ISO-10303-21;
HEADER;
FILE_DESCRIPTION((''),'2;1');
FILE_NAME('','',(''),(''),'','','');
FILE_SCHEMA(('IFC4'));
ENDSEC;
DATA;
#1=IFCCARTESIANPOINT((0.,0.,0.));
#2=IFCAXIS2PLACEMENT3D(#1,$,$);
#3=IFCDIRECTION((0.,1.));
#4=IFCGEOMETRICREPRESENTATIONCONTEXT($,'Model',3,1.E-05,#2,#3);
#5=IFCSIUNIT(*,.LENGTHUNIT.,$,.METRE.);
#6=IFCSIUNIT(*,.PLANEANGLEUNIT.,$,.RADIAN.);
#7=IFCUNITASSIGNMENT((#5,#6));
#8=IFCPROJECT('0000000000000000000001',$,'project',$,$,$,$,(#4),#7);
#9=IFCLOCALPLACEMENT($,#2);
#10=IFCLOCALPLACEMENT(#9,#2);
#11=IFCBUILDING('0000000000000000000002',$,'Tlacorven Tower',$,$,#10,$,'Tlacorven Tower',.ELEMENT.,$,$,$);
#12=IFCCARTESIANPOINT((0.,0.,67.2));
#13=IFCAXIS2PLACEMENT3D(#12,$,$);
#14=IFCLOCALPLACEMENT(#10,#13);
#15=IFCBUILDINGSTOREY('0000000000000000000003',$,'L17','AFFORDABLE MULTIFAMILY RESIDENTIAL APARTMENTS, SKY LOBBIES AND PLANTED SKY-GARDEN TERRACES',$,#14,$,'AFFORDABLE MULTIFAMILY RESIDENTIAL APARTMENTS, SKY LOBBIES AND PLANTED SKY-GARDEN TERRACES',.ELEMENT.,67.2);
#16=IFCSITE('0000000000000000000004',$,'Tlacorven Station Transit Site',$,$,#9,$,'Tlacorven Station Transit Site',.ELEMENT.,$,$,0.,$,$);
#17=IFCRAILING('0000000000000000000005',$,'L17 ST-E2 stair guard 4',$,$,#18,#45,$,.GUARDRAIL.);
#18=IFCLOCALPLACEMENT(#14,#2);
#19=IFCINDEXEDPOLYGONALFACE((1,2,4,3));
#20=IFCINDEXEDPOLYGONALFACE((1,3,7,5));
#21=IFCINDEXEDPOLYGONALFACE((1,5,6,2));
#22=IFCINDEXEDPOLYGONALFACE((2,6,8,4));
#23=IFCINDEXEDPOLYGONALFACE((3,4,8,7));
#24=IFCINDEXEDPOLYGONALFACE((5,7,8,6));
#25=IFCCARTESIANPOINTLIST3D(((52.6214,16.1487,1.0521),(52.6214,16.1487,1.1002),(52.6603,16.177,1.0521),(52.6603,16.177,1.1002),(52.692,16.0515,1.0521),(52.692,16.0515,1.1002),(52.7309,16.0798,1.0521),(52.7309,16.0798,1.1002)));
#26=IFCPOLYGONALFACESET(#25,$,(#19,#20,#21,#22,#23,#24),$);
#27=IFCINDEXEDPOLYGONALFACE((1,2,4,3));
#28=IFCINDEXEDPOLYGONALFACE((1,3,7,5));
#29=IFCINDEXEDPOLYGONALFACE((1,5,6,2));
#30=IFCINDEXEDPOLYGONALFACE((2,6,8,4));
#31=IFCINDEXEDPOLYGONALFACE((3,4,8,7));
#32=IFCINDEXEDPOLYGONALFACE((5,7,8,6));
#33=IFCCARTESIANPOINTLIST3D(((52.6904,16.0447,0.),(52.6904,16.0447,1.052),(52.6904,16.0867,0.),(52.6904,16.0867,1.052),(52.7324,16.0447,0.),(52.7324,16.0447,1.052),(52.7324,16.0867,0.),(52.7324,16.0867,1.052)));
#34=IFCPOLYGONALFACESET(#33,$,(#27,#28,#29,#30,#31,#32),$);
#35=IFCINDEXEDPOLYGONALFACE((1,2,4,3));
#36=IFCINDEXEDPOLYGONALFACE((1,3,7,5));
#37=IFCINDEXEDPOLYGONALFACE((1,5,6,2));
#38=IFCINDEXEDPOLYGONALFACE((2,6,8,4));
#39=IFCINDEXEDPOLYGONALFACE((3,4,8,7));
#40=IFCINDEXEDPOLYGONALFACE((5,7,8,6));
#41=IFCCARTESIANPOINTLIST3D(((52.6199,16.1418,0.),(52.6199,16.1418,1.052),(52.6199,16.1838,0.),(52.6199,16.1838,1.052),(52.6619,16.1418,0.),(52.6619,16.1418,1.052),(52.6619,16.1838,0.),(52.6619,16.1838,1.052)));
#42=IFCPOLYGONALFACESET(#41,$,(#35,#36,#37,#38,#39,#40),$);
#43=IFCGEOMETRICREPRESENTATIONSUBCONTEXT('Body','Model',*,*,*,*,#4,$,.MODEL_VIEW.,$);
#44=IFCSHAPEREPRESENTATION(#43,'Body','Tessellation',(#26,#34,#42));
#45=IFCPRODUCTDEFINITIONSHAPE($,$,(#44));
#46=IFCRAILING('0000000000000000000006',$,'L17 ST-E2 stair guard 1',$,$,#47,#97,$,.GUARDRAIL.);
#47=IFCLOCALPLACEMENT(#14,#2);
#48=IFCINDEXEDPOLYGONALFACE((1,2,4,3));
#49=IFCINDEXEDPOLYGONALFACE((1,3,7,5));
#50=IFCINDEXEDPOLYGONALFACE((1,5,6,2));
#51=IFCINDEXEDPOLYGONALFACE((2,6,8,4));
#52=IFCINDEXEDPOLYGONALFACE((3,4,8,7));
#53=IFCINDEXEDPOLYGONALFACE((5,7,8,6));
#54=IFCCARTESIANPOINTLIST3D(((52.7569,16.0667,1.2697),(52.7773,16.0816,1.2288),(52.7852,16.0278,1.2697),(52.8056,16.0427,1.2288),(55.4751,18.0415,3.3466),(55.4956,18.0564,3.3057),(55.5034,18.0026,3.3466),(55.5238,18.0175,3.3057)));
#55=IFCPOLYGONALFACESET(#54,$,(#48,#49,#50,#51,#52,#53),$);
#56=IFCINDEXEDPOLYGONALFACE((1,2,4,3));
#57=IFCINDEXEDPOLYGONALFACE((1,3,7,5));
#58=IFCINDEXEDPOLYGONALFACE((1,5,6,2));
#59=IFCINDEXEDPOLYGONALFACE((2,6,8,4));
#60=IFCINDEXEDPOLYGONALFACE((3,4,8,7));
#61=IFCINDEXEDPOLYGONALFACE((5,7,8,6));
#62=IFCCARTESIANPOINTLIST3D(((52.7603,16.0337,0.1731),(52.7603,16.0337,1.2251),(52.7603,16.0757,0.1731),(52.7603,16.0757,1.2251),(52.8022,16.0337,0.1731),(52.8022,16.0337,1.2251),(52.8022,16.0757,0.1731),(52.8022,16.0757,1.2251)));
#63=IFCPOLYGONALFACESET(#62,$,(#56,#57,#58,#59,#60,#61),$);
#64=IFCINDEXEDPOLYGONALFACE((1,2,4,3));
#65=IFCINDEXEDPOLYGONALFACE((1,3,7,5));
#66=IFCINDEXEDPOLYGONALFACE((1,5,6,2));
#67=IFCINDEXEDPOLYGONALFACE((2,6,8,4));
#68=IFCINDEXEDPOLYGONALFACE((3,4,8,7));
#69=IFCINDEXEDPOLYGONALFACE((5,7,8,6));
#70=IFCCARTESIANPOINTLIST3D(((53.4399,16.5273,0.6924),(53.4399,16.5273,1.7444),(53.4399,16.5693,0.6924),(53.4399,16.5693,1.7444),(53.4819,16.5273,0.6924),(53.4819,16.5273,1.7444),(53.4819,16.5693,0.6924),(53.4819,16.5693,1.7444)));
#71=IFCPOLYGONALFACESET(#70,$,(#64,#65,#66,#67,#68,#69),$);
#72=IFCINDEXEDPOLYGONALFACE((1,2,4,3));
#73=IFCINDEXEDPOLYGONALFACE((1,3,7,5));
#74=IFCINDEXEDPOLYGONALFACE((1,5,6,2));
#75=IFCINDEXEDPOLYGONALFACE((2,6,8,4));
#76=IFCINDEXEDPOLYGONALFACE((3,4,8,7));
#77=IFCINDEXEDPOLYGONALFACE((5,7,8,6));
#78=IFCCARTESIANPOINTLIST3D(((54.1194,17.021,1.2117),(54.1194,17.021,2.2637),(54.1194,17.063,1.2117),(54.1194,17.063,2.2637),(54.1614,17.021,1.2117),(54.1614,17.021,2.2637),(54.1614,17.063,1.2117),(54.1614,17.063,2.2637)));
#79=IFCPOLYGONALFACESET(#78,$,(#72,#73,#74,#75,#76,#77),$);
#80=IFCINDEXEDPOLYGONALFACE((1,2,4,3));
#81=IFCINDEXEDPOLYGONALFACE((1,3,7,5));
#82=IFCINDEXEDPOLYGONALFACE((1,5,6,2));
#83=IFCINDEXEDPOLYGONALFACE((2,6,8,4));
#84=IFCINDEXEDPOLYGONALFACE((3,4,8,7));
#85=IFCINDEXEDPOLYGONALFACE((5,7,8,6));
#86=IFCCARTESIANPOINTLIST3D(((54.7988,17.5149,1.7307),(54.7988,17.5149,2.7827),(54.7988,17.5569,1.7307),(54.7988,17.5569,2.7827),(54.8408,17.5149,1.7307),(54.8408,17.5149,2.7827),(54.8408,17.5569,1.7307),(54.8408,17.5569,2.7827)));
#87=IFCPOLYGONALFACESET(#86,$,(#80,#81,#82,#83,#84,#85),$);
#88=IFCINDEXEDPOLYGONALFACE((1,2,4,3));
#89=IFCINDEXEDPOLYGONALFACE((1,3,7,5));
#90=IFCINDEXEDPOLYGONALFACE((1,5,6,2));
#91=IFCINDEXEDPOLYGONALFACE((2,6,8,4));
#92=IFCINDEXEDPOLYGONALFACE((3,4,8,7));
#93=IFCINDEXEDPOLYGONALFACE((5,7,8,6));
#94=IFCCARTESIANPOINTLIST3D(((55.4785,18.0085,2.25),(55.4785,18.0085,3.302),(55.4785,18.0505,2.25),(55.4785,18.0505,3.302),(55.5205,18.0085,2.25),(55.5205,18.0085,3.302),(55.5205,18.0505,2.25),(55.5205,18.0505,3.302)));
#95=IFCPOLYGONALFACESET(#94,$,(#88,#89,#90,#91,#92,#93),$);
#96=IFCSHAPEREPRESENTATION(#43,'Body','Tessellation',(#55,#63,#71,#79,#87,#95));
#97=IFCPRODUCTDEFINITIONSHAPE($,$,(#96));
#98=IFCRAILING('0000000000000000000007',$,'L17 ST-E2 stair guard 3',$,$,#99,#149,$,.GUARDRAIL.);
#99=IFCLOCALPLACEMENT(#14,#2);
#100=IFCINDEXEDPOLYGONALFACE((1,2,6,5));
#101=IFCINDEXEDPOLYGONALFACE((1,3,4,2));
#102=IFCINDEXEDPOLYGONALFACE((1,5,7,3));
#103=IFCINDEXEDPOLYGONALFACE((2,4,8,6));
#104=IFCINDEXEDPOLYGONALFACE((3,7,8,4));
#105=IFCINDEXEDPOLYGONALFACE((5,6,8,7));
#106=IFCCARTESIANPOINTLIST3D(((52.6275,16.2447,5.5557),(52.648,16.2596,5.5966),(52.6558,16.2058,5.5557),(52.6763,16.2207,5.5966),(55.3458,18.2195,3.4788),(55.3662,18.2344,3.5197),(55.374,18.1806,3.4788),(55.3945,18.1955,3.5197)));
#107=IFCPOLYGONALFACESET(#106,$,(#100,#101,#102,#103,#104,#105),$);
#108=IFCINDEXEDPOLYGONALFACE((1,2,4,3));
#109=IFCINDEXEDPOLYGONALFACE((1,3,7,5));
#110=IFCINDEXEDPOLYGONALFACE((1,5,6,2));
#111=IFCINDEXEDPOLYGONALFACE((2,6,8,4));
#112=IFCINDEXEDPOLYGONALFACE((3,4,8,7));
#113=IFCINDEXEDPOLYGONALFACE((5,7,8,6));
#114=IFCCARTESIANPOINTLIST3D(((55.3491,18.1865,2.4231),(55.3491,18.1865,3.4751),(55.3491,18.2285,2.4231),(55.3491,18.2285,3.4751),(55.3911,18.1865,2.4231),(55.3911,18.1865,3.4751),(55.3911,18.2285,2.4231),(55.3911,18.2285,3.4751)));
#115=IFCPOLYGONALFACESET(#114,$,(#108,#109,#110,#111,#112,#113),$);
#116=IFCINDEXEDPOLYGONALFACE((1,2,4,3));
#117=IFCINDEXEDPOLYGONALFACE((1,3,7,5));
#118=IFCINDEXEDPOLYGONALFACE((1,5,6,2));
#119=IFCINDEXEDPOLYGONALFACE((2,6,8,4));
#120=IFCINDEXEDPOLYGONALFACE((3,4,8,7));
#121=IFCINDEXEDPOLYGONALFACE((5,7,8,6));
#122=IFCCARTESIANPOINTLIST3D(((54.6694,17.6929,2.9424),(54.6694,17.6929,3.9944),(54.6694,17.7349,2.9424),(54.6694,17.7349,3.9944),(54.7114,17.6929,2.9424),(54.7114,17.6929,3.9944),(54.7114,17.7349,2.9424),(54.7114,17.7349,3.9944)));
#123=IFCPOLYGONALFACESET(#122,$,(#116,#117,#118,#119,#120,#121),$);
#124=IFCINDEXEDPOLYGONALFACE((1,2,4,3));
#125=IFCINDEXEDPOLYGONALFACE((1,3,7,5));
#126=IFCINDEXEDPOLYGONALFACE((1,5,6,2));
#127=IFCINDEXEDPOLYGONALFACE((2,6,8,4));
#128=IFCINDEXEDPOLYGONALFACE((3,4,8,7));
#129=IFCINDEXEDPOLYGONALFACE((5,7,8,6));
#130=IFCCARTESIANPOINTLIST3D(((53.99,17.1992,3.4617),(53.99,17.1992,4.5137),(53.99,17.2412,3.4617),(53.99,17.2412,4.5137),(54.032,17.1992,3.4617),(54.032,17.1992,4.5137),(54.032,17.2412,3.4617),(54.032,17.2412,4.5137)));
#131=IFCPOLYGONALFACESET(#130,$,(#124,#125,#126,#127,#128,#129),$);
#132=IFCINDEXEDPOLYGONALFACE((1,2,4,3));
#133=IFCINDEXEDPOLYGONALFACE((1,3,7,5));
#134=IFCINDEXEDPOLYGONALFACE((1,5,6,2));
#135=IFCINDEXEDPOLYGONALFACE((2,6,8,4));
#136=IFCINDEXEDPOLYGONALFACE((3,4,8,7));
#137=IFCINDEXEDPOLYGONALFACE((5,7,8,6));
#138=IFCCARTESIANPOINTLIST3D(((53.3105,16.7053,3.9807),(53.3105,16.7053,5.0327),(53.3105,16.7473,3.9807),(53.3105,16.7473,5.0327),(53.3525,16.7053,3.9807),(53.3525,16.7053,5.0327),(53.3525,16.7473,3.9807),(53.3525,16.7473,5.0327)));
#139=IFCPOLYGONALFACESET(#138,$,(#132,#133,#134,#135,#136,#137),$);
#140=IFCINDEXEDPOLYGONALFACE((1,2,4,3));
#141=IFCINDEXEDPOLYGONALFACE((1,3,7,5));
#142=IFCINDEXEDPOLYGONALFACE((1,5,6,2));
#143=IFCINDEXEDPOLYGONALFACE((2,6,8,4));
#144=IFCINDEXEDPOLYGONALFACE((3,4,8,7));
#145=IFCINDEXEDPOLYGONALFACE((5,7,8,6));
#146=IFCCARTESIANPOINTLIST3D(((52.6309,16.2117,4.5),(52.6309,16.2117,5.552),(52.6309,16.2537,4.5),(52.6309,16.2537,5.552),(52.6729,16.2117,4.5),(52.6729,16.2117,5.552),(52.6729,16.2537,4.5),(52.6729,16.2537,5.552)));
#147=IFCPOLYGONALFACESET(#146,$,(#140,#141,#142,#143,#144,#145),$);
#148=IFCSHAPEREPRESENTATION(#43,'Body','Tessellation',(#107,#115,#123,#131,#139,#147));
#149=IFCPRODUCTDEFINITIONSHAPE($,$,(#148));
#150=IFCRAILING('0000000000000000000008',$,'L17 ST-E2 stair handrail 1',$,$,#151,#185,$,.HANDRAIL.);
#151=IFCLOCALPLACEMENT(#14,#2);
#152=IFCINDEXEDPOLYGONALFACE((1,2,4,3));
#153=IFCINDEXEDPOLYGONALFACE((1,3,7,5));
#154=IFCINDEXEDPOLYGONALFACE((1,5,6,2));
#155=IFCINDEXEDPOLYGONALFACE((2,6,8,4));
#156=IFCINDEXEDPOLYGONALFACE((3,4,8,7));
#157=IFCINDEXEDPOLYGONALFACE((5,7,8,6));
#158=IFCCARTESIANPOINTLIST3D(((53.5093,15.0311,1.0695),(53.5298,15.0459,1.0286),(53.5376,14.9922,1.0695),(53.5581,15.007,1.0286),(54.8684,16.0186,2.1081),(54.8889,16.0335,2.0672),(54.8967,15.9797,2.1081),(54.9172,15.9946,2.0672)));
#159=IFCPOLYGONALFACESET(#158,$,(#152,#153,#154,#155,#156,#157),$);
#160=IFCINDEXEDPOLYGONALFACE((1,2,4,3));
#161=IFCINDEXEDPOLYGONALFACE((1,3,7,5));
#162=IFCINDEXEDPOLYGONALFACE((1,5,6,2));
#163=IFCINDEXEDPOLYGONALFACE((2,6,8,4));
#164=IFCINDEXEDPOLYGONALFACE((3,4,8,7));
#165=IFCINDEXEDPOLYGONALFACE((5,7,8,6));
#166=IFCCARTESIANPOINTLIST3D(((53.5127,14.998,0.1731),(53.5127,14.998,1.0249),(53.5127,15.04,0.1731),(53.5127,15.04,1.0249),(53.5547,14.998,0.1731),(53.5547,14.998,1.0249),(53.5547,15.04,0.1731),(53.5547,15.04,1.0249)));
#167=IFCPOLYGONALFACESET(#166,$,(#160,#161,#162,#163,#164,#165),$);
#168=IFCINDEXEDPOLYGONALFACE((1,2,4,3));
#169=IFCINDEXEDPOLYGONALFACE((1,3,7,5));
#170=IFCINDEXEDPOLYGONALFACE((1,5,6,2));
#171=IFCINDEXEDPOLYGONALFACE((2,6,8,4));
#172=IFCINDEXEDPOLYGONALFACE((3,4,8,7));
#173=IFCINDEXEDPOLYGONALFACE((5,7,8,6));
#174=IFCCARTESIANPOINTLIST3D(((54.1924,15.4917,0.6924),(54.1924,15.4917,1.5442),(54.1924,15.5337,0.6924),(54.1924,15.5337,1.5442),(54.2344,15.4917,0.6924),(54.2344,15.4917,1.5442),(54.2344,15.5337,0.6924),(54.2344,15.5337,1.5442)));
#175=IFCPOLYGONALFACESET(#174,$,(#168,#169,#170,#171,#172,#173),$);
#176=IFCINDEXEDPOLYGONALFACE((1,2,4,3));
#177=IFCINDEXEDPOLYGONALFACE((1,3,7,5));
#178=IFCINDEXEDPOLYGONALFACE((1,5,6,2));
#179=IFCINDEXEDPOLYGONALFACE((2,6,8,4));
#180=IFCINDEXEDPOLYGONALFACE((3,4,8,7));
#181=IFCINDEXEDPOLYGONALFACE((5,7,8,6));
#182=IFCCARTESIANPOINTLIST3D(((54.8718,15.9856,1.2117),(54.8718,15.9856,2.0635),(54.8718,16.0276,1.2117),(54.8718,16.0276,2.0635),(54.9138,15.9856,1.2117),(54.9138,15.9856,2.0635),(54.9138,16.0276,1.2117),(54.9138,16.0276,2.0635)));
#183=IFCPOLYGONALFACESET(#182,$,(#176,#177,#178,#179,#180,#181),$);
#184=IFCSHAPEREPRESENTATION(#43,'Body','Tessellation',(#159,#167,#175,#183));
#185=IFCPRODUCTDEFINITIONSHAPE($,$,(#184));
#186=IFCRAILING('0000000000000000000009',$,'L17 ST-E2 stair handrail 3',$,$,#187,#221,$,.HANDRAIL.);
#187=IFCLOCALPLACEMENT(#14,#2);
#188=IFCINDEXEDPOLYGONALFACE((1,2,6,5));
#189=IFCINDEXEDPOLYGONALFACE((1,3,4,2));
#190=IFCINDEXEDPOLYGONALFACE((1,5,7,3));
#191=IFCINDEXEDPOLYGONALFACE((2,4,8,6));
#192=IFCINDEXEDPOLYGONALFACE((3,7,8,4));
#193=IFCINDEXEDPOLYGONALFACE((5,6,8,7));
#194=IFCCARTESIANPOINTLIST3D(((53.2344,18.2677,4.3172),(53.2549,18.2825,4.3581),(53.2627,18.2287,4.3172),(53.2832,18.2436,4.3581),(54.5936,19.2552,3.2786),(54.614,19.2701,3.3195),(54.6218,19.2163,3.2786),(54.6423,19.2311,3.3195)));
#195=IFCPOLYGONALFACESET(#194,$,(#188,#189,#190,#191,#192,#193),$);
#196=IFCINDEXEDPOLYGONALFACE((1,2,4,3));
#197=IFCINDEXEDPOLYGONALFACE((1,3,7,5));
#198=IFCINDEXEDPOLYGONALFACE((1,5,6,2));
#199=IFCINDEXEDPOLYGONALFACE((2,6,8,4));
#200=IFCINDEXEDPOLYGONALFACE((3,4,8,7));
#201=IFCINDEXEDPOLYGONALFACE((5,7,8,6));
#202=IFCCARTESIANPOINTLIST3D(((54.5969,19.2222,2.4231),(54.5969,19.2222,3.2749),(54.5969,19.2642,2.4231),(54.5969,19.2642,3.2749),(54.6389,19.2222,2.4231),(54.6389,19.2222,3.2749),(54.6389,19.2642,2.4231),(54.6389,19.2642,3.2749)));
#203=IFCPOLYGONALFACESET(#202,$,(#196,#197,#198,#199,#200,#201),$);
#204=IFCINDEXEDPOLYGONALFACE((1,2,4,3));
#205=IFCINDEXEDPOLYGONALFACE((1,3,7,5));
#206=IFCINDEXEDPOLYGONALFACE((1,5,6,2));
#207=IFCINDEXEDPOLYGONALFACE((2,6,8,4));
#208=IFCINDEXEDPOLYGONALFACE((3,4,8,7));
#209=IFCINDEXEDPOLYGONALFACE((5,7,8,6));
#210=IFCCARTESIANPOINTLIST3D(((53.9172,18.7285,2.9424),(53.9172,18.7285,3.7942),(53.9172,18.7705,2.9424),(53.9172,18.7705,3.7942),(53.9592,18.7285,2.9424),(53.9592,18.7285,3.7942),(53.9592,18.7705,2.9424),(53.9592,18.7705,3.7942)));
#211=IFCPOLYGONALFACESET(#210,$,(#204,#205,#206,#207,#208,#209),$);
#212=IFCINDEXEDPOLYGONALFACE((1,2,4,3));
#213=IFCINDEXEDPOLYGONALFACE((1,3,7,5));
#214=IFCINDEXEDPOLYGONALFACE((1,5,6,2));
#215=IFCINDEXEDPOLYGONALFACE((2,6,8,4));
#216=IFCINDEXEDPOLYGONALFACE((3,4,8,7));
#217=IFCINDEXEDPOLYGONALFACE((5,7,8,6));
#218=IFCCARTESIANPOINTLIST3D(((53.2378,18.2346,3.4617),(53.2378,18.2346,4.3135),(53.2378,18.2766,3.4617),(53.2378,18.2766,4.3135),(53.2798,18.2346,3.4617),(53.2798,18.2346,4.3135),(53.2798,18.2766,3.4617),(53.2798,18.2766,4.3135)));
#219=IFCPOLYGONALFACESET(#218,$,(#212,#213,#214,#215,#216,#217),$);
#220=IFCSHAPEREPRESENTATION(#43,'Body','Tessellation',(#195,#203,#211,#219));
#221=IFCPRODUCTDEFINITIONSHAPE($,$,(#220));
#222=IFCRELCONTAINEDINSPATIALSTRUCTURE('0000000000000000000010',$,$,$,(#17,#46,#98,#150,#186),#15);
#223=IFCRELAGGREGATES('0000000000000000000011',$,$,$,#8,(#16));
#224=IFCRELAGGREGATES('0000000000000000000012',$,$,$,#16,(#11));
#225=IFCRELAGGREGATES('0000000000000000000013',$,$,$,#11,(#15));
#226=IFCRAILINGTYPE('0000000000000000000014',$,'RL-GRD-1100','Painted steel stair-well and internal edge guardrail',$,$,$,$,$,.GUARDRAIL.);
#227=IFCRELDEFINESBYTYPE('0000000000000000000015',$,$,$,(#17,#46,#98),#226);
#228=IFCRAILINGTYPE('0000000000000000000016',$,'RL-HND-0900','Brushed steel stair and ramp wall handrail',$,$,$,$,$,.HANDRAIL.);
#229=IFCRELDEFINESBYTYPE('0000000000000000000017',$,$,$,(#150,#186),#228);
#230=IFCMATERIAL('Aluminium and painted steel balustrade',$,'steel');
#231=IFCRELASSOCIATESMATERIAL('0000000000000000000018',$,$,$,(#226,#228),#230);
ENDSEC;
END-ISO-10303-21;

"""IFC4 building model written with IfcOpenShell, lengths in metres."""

from ifc_helpers import new_model, si_unit, direction, frame, origin, origin_2d, place, context, subcontext, project, spatial, rectangle, extrude, source, transform, mapped, material, type_object, element, save


model = new_model("IFC4")

# Units and contexts
model_context = context("Model", 3, precision=1e-05, world=origin(), true_north=direction((0.0, 1.0)))
body_context = subcontext(model_context, "Body", "Model", "MODEL_VIEW")
ifc_project = project(units=[si_unit("LENGTHUNIT", "METRE"), si_unit("PLANEANGLEUNIT", "RADIAN")], contexts=[model_context])

# Site, building, storey
site_placement = place(None, origin())
site = spatial("IfcSite", under=ifc_project, at=site_placement, Name="Tlacorven Station Transit Site", LongName="Tlacorven Station Transit Site", CompositionType="ELEMENT", RefElevation=0.0)
building_placement = place(site_placement, origin())
building = spatial("IfcBuilding", under=site, at=building_placement, Name="Tlacorven Tower", LongName="Tlacorven Tower", CompositionType="ELEMENT")
storey_placement = place(building_placement, frame((0.0, 0.0, 67.2)))
storey = spatial("IfcBuildingStorey", under=building, at=storey_placement, Name="L17", Description="AFFORDABLE MULTIFAMILY RESIDENTIAL APARTMENTS, SKY LOBBIES AND PLANTED SKY-GARDEN TERRACES", LongName="AFFORDABLE MULTIFAMILY RESIDENTIAL APARTMENTS, SKY LOBBIES AND PLANTED SKY-GARDEN TERRACES", CompositionType="ELEMENT", Elevation=67.2)

# Railings
ifc_material_1 = material(Name="Aluminium and painted steel balustrade", Category="steel")
railing_type_1 = type_object("IfcRailingType", Name="RL-GRD-1100", Description="Painted steel stair-well and internal edge guardrail", PredefinedType="GUARDRAIL", material=ifc_material_1)
shared_shape_1 = source(origin(), body_context, "Body", "SweptSolid", [
    extrude(rectangle(XDim=0.0481, YDim=0.0481, at=origin_2d()), frame((0.0, 0.0, 1.0762), z_axis=(-0.587567, 0.809175, 0.0), x_axis=(-0.809175, -0.587567, 0.0)), (0.0, 0.0, 1.0), 0.1201),
    extrude(rectangle(XDim=0.042, YDim=0.042, at=origin_2d()), origin(), (0.0, 0.0, 1.0), 1.052),
    extrude(rectangle(XDim=0.042, YDim=0.042, at=origin_2d()), frame((-0.0706, 0.0972, 0.0)), (0.0, 0.0, 1.0), 1.052),
])
for number, where, name in (
    (1, (52.7114, 16.0657, 0.0), "L17 ST-E2 stair guard 4"),
):
    element("IfcRailing", number, at=place(storey_placement, frame(where)), inside=storey, type_object=railing_type_1, Name=name, PredefinedType="GUARDRAIL", context=body_context, shape_type="MappedRepresentation", body=[
        mapped(shared_shape_1, transform((0.0, 0.0, 0.0), scale=1.0)),
    ])
shared_shape_2 = source(origin(), body_context, "Body", "SweptSolid", [
    extrude(rectangle(XDim=0.0481, YDim=0.0481, at=origin_2d()), frame((0.0, 0.0, 1.0762), z_axis=(0.688167, 0.499963, 0.525798), x_axis=(-0.58777, 0.809028, 0.0)), (0.0, 0.0, 1.0), 3.95),
    extrude(rectangle(XDim=0.042, YDim=0.042, at=origin_2d()), origin(), (0.0, 0.0, 1.0), 1.052),
    extrude(rectangle(XDim=0.042, YDim=0.042, at=origin_2d()), frame((0.6797, 0.4937, 0.5193)), (0.0, 0.0, 1.0), 1.052),
    extrude(rectangle(XDim=0.042, YDim=0.042, at=origin_2d()), frame((1.3591, 0.9873, 1.0386)), (0.0, 0.0, 1.0), 1.052),
    extrude(rectangle(XDim=0.042, YDim=0.042, at=origin_2d()), frame((2.0386, 1.4812, 1.5576)), (0.0, 0.0, 1.0), 1.052),
    extrude(rectangle(XDim=0.042, YDim=0.042, at=origin_2d()), frame((2.7183, 1.9749, 2.0769)), (0.0, 0.0, 1.0), 1.052),
])
railing_1_placement = place(storey_placement, frame((52.7812, 16.0547, 0.1731)))
element("IfcRailing", 2, at=railing_1_placement, inside=storey, type_object=railing_type_1, Name="L17 ST-E2 stair guard 1", PredefinedType="GUARDRAIL", context=body_context, shape_type="MappedRepresentation", body=[
    mapped(shared_shape_2, transform((0.0, 0.0, 0.0), scale=1.0)),
])
shared_shape_3 = source(origin(), body_context, "Body", "SweptSolid", [
    extrude(rectangle(XDim=0.0481, YDim=0.0481, at=origin_2d()), frame((0.0, 0.0, 1.0762), z_axis=(-0.688167, -0.499963, 0.525798), x_axis=(0.58777, -0.809028, 0.0)), (0.0, 0.0, 1.0), 3.95),
    extrude(rectangle(XDim=0.042, YDim=0.042, at=origin_2d()), origin(), (0.0, 0.0, 1.0), 1.052),
    extrude(rectangle(XDim=0.042, YDim=0.042, at=origin_2d()), frame((-0.6797, -0.4937, 0.5193)), (0.0, 0.0, 1.0), 1.052),
    extrude(rectangle(XDim=0.042, YDim=0.042, at=origin_2d()), frame((-1.3591, -0.9873, 1.0386)), (0.0, 0.0, 1.0), 1.052),
    extrude(rectangle(XDim=0.042, YDim=0.042, at=origin_2d()), frame((-2.0386, -1.4812, 1.5576)), (0.0, 0.0, 1.0), 1.052),
    extrude(rectangle(XDim=0.042, YDim=0.042, at=origin_2d()), frame((-2.7183, -1.9749, 2.0769)), (0.0, 0.0, 1.0), 1.052),
])
railing_2_placement = place(storey_placement, frame((55.3701, 18.2075, 2.4231)))
element("IfcRailing", 3, at=railing_2_placement, inside=storey, type_object=railing_type_1, Name="L17 ST-E2 stair guard 3", PredefinedType="GUARDRAIL", context=body_context, shape_type="MappedRepresentation", body=[
    mapped(shared_shape_3, transform((0.0, 0.0, 0.0), scale=1.0)),
])
railing_type_2 = type_object("IfcRailingType", Name="RL-HND-0900", Description="Brushed steel stair and ramp wall handrail", PredefinedType="HANDRAIL", material=ifc_material_1)
shared_shape_4 = source(origin(), body_context, "Body", "SweptSolid", [
    extrude(rectangle(XDim=0.0481, YDim=0.0481, at=origin_2d()), frame((0.0, 0.0, 0.876), z_axis=(0.688123, 0.499993, 0.525827), x_axis=(-0.587817, 0.808994, 0.0)), (0.0, 0.0, 1.0), 1.9751),
    extrude(rectangle(XDim=0.042, YDim=0.042, at=origin_2d()), origin(), (0.0, 0.0, 1.0), 0.8518),
    extrude(rectangle(XDim=0.042, YDim=0.042, at=origin_2d()), frame((0.6797, 0.4937, 0.5193)), (0.0, 0.0, 1.0), 0.8518),
    extrude(rectangle(XDim=0.042, YDim=0.042, at=origin_2d()), frame((1.3591, 0.9875, 1.0386)), (0.0, 0.0, 1.0), 0.8518),
])
railing_3_placement = place(storey_placement, frame((53.5337, 15.019, 0.1731)))
element("IfcRailing", 4, at=railing_3_placement, inside=storey, type_object=railing_type_2, Name="L17 ST-E2 stair handrail 1", PredefinedType="HANDRAIL", context=body_context, shape_type="MappedRepresentation", body=[
    mapped(shared_shape_4, transform((0.0, 0.0, 0.0), scale=1.0)),
])
shared_shape_5 = source(origin(), body_context, "Body", "SweptSolid", [
    extrude(rectangle(XDim=0.0481, YDim=0.0481, at=origin_2d()), frame((0.0, 0.0, 0.876), z_axis=(-0.688123, -0.499993, 0.525827), x_axis=(0.587817, -0.808994, 0.0)), (0.0, 0.0, 1.0), 1.9751),
    extrude(rectangle(XDim=0.042, YDim=0.042, at=origin_2d()), origin(), (0.0, 0.0, 1.0), 0.8518),
    extrude(rectangle(XDim=0.042, YDim=0.042, at=origin_2d()), frame((-0.6797, -0.4937, 0.5193)), (0.0, 0.0, 1.0), 0.8518),
    extrude(rectangle(XDim=0.042, YDim=0.042, at=origin_2d()), frame((-1.3591, -0.9875, 1.0386)), (0.0, 0.0, 1.0), 0.8518),
])
railing_4_placement = place(storey_placement, frame((54.6179, 19.2432, 2.4231)))
element("IfcRailing", 5, at=railing_4_placement, inside=storey, type_object=railing_type_2, Name="L17 ST-E2 stair handrail 3", PredefinedType="HANDRAIL", context=body_context, shape_type="MappedRepresentation", body=[
    mapped(shared_shape_5, transform((0.0, 0.0, 0.0), scale=1.0)),
])

save(model, "model.ifc")
